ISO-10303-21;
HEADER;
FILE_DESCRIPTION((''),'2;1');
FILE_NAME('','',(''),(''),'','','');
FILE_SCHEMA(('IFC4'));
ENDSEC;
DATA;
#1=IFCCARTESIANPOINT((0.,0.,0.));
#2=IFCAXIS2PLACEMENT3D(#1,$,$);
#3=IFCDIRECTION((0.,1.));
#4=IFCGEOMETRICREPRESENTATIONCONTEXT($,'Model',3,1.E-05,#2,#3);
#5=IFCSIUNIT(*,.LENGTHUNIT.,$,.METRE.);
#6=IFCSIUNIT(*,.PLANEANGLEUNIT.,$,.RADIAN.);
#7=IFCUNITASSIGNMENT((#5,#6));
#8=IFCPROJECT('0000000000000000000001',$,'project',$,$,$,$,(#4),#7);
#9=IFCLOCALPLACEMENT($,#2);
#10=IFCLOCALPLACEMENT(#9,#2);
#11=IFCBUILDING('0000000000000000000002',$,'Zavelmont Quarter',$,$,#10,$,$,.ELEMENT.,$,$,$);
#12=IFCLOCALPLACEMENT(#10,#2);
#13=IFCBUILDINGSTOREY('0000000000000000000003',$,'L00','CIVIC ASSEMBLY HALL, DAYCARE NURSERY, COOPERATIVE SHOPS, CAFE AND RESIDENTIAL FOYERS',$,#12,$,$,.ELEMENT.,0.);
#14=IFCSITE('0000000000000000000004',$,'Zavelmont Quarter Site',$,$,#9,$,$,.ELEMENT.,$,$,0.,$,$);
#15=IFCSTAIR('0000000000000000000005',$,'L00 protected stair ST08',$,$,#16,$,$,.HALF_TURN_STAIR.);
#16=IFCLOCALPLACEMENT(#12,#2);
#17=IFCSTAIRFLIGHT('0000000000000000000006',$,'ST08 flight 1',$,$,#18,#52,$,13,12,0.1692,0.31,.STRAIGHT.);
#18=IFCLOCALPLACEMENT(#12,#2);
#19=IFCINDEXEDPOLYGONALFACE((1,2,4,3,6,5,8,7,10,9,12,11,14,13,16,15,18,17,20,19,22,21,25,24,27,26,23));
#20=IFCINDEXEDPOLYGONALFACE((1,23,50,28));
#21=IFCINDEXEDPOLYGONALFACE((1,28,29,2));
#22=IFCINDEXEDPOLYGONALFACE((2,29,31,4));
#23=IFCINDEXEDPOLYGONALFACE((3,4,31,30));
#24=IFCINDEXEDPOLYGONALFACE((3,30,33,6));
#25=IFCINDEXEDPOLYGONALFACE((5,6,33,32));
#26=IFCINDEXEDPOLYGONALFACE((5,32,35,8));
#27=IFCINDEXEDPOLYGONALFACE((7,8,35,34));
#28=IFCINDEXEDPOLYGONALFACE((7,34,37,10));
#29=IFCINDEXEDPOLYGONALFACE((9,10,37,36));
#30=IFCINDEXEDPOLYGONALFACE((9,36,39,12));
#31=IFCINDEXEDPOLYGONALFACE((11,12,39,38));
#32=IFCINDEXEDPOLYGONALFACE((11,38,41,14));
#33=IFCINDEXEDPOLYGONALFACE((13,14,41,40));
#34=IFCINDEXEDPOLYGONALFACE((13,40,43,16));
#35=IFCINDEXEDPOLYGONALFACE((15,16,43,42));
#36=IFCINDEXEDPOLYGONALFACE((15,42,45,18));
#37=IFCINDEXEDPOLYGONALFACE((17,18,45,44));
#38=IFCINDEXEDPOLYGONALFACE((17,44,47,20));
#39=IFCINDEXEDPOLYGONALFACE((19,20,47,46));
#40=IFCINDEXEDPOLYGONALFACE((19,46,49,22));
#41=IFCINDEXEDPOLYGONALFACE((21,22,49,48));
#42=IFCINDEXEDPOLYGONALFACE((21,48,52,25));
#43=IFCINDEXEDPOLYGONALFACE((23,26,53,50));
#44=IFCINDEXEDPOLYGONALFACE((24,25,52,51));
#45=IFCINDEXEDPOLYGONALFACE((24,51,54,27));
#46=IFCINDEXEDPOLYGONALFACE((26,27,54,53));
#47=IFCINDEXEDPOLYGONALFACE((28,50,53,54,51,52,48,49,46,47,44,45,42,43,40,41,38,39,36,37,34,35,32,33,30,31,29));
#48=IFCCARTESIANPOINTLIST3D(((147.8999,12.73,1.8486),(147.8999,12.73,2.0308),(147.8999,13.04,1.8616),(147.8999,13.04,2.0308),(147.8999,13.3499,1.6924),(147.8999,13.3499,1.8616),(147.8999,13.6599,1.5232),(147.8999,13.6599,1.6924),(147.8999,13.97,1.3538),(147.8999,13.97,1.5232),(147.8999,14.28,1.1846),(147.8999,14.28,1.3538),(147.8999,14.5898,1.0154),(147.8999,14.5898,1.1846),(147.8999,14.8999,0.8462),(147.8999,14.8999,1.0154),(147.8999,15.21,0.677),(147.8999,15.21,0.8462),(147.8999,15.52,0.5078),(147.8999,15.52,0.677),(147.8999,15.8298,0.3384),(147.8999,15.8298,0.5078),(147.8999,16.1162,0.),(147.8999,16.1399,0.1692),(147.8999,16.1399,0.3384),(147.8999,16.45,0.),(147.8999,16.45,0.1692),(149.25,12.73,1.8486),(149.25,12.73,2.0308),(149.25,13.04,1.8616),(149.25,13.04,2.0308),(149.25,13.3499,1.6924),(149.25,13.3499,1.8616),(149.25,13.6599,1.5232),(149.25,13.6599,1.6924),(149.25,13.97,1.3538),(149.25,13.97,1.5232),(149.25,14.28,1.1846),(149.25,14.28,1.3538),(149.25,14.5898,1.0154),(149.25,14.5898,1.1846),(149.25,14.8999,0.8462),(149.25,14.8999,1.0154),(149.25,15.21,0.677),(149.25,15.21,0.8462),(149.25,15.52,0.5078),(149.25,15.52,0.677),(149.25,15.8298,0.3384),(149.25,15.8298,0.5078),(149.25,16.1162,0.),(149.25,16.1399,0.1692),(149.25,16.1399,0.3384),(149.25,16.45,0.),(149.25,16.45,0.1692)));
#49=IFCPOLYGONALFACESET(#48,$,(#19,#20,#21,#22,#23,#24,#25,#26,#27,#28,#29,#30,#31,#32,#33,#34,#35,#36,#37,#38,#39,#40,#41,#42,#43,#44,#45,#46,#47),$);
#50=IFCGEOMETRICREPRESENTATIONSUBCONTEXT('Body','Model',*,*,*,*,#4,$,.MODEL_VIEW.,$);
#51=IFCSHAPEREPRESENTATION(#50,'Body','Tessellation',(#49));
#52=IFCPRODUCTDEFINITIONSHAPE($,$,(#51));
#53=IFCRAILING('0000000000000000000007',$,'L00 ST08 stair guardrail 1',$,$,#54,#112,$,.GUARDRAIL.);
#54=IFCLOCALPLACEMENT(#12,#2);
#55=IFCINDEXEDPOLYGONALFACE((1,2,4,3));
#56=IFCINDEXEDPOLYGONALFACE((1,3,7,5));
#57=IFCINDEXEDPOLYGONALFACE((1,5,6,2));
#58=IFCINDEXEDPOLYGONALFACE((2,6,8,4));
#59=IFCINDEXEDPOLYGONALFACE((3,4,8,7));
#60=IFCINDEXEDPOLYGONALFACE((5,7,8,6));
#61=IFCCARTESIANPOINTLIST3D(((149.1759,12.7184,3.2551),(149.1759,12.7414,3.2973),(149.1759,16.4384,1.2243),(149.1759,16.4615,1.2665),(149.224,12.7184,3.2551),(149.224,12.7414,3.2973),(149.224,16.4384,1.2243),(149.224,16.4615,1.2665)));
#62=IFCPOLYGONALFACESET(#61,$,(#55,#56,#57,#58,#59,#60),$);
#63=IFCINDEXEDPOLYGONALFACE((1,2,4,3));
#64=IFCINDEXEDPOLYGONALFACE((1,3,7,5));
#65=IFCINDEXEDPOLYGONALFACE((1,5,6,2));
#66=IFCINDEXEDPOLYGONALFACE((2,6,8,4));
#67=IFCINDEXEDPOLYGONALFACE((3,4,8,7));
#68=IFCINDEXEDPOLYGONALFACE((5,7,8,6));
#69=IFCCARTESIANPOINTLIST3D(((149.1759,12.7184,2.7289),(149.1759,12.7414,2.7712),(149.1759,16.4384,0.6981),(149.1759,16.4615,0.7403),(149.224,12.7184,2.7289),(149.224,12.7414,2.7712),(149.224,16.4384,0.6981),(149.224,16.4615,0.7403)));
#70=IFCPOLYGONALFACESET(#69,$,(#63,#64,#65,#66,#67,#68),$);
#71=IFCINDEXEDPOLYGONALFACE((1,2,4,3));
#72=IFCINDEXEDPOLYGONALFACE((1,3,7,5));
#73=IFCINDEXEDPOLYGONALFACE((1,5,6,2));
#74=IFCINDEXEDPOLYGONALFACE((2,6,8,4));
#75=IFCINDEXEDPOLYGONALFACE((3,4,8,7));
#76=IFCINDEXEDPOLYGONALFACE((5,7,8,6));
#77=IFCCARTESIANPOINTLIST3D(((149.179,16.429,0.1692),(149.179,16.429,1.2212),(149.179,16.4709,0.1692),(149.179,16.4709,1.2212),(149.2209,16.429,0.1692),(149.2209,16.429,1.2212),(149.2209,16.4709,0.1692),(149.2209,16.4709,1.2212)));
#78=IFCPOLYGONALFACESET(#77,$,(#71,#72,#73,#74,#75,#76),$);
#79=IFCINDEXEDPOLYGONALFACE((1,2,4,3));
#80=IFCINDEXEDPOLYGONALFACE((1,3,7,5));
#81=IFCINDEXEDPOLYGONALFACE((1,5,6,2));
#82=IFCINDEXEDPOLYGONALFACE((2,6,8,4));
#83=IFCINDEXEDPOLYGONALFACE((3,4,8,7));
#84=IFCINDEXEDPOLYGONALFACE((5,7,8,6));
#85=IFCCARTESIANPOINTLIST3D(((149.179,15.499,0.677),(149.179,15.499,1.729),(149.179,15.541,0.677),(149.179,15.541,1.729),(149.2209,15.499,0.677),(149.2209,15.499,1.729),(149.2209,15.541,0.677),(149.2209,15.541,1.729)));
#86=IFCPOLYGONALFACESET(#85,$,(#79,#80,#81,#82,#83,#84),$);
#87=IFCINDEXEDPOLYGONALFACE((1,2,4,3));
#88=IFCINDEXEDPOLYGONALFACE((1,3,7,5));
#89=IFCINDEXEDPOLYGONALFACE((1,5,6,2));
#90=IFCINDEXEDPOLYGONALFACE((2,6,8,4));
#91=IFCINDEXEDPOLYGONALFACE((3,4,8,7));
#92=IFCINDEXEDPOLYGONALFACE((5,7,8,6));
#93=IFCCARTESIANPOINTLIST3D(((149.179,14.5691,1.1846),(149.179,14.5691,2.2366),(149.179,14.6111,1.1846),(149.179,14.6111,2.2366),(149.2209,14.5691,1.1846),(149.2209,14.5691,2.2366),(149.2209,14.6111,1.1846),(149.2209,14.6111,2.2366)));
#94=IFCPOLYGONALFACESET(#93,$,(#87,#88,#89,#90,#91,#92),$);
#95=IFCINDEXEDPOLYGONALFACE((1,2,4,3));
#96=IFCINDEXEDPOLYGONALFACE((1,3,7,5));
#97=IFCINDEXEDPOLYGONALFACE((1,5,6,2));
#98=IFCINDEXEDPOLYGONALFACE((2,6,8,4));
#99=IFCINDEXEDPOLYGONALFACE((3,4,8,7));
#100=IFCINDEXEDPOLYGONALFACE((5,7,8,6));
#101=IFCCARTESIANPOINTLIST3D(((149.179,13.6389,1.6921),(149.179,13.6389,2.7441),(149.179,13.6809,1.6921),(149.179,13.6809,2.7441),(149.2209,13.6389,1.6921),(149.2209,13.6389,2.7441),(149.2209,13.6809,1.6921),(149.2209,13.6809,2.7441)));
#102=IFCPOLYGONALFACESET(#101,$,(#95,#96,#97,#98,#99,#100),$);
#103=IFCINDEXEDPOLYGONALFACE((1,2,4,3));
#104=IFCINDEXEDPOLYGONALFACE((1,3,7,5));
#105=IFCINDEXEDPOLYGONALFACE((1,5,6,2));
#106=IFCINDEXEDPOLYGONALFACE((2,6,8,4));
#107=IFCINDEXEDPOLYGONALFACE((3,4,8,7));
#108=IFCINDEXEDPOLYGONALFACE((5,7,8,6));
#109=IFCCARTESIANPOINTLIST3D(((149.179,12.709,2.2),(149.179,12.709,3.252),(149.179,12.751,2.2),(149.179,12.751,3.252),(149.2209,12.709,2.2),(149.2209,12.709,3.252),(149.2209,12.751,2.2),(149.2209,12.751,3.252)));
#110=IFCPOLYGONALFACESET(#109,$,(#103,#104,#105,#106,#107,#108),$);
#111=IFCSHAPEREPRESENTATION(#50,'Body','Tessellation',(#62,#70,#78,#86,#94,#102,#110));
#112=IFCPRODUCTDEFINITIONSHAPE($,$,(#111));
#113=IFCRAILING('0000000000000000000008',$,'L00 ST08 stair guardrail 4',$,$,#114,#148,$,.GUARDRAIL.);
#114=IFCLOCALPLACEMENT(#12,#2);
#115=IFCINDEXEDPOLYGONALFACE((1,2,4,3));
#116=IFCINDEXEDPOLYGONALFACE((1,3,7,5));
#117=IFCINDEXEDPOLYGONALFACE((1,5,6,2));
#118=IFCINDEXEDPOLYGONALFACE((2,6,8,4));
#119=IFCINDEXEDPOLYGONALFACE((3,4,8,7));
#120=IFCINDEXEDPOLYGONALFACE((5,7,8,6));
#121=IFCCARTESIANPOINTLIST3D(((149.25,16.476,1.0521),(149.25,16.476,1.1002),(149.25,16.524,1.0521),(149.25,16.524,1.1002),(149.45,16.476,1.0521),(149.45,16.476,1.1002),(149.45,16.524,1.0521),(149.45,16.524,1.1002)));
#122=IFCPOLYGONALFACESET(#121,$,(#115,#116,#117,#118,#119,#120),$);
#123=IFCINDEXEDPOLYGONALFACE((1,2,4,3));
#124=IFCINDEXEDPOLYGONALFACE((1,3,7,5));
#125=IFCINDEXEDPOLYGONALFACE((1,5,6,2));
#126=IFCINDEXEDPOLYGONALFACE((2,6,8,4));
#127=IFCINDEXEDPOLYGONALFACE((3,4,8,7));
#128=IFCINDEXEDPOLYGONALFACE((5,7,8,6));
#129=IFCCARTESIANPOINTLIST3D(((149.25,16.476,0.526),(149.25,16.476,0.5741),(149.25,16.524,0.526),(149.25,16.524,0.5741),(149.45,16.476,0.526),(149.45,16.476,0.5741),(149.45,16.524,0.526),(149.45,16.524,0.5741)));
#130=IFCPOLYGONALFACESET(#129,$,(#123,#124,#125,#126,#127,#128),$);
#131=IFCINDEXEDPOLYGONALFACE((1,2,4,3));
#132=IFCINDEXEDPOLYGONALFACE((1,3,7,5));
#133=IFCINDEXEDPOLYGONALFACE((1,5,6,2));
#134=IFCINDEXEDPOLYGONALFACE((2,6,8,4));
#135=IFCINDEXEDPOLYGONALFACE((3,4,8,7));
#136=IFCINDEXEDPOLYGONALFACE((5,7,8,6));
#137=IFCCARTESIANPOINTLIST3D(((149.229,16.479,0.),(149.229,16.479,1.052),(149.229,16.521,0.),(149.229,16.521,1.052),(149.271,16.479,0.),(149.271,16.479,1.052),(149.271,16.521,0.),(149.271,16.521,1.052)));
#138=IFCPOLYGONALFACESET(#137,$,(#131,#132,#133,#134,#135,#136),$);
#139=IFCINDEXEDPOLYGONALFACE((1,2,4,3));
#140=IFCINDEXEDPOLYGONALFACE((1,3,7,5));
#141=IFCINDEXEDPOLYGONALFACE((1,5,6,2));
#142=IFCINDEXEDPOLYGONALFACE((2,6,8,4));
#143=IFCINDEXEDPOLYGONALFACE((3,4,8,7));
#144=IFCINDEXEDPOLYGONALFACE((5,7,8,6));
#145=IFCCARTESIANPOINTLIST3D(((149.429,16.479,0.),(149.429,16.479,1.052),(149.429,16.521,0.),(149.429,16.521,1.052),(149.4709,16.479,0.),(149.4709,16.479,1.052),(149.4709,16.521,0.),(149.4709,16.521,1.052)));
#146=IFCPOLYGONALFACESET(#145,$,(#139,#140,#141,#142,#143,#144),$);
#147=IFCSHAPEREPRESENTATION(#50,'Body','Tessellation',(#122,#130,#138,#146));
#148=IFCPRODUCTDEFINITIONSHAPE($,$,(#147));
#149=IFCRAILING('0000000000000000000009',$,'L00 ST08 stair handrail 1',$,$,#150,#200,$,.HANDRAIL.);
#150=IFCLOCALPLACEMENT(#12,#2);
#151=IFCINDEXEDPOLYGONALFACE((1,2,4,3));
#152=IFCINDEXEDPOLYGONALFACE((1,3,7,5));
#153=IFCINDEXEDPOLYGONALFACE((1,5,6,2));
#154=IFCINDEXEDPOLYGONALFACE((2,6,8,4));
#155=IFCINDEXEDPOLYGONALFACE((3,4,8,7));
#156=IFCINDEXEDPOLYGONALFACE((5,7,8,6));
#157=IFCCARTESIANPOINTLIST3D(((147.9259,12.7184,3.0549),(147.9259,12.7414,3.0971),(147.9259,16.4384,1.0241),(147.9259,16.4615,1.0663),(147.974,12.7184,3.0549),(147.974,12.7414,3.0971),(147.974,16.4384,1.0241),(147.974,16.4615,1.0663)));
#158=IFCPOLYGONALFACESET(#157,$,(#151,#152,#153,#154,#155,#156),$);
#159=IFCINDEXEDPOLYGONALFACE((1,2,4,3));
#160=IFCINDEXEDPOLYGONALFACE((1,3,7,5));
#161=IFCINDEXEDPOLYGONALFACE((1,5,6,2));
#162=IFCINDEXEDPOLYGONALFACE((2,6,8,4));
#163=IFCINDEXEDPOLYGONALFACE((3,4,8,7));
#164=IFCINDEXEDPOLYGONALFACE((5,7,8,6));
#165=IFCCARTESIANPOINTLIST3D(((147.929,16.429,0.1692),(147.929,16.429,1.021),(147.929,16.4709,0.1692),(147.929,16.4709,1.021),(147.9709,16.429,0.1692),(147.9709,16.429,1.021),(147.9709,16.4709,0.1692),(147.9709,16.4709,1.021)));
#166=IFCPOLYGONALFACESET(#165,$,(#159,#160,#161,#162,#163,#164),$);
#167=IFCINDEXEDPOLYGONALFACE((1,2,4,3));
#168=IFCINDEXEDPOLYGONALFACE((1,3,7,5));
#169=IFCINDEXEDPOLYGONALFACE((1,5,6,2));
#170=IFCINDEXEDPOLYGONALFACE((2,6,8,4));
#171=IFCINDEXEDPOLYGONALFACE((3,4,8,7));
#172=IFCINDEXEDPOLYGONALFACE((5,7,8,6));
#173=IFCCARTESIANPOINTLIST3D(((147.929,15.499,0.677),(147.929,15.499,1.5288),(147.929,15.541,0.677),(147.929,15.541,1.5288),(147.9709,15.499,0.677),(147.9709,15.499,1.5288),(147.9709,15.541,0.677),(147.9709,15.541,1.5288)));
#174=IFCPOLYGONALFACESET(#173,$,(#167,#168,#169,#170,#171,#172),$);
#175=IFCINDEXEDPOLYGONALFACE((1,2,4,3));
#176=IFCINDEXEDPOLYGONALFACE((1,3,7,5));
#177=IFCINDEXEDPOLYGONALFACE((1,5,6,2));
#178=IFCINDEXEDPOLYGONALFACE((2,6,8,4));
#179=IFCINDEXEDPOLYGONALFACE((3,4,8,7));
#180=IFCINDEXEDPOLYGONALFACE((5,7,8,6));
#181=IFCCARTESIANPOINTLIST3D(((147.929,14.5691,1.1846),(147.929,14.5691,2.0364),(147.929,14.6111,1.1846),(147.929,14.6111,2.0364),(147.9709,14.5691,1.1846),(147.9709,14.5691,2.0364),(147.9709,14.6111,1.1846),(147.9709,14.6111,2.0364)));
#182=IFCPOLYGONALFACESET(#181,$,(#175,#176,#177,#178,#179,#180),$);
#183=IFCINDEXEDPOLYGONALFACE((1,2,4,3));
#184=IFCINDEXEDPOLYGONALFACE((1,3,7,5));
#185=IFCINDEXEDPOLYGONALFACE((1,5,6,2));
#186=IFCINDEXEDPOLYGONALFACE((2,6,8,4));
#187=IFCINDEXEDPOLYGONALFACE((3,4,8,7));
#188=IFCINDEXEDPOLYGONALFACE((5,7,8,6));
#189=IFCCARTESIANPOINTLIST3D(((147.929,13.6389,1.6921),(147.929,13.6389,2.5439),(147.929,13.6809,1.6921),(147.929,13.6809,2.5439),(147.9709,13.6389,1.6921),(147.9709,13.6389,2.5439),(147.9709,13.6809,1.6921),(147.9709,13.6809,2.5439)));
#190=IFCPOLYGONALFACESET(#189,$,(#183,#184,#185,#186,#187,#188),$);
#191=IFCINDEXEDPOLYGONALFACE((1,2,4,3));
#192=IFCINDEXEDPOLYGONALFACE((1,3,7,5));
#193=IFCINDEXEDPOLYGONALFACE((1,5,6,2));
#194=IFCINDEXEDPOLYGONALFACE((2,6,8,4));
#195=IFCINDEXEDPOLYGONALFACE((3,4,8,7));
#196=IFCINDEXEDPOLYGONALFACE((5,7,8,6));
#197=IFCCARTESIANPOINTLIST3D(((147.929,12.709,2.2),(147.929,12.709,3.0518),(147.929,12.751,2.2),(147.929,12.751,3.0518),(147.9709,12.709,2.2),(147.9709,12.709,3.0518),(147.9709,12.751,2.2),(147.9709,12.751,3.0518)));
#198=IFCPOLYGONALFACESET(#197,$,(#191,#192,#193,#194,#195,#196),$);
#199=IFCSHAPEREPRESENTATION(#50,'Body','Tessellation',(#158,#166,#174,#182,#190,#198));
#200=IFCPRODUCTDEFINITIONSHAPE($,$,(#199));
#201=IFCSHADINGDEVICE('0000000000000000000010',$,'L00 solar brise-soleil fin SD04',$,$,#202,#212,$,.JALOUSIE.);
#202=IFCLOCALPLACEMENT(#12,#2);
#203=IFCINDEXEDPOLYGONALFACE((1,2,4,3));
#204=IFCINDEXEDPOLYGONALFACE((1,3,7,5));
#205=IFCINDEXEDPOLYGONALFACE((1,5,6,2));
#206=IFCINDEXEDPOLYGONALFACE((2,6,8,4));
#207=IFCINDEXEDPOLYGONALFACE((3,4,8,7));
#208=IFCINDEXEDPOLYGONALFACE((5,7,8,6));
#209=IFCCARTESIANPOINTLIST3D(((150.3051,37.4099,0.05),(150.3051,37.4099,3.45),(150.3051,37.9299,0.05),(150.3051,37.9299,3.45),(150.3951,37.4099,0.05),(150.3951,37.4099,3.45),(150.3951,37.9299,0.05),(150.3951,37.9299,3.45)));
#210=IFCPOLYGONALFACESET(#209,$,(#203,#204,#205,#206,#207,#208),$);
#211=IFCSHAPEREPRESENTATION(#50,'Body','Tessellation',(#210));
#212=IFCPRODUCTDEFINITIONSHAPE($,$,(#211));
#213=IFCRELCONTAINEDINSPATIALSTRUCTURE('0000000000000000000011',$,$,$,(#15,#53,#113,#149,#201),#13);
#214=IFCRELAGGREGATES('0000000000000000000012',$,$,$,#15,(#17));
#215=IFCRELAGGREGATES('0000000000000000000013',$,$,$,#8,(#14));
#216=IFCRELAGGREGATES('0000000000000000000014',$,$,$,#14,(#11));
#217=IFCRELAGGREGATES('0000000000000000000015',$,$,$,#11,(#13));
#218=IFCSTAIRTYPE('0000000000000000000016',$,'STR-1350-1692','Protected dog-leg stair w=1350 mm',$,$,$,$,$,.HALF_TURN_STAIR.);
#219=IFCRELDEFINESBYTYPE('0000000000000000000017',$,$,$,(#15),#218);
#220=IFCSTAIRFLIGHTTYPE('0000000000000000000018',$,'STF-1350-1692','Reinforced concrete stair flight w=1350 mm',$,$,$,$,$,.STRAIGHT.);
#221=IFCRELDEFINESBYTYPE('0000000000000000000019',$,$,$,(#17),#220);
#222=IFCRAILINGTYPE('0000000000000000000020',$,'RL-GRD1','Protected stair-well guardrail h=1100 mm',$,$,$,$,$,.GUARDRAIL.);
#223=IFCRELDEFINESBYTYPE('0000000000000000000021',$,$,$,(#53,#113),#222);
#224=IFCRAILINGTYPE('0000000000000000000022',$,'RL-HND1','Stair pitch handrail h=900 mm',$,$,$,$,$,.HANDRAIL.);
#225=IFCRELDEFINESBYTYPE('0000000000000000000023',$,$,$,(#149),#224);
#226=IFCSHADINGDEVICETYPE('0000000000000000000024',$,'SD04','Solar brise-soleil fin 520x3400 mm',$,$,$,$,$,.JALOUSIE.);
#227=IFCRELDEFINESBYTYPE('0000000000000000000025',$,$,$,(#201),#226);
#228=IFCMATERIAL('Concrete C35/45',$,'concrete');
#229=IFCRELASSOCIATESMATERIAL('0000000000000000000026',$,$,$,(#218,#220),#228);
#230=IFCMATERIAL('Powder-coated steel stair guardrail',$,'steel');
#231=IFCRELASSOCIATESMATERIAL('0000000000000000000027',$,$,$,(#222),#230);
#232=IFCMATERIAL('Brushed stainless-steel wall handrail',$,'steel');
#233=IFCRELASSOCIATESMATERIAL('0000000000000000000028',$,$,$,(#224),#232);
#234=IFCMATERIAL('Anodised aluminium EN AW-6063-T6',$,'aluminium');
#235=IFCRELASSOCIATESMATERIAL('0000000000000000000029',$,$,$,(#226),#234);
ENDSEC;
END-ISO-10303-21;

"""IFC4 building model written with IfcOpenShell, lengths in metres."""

from ifc_helpers import new_model, si_unit, direction, frame, origin, origin_2d, place, context, subcontext, project, spatial, polyline, rectangle, outline, extrude, material, type_object, element, aggregate, save


model = new_model("IFC4")

# Units and contexts
model_context = context("Model", 3, precision=1e-05, world=origin(), true_north=direction((0.0, 1.0)))
body_context = subcontext(model_context, "Body", "Model", "MODEL_VIEW")
ifc_project = project(units=[si_unit("LENGTHUNIT", "METRE"), si_unit("PLANEANGLEUNIT", "RADIAN")], contexts=[model_context])

# Site, building, storey
site_placement = place(None, origin())
site = spatial("IfcSite", under=ifc_project, at=site_placement, Name="Zavelmont Quarter Site", CompositionType="ELEMENT", RefElevation=0.0)
building_placement = place(site_placement, origin())
building = spatial("IfcBuilding", under=site, at=building_placement, Name="Zavelmont Quarter", CompositionType="ELEMENT")
storey_placement = place(building_placement, origin())
storey = spatial("IfcBuildingStorey", under=building, at=storey_placement, Name="L00", Description="CIVIC ASSEMBLY HALL, DAYCARE NURSERY, COOPERATIVE SHOPS, CAFE AND RESIDENTIAL FOYERS", CompositionType="ELEMENT", Elevation=0.0)

# Stair, stair flight
ifc_material_1 = material(Name="Concrete C35/45", Category="concrete")
stair_type = type_object("IfcStairType", Name="STR-1350-1692", Description="Protected dog-leg stair w=1350 mm", PredefinedType="HALF_TURN_STAIR", material=ifc_material_1)
stair_placement = place(storey_placement, origin())
stair = element("IfcStair", 1, at=stair_placement, inside=storey, type_object=stair_type, Name="L00 protected stair ST08", PredefinedType="HALF_TURN_STAIR")
stair_flight_type = type_object("IfcStairFlightType", Name="STF-1350-1692", Description="Reinforced concrete stair flight w=1350 mm", PredefinedType="STRAIGHT", material=ifc_material_1)
stair_flight_placement = place(storey_placement, frame((148.575, 16.45, 0.0), z_axis=(0.0, 0.0, 1.0), x_axis=(0.0, -1.0, 0.0)))
stair_flight = element("IfcStairFlight", 2, at=stair_flight_placement, type_object=stair_flight_type, Name="ST08 flight 1", NumberOfRisers=13, NumberOfTreads=12, PredefinedType="STRAIGHT", RiserHeight=0.1692, TreadLength=0.31, context=body_context, shape_type="SweptSolid", body=[
    extrude(outline(polyline([(0.0, 0.0), (0.0, 0.1692), (0.3101, 0.1692), (0.3101, 0.3384), (0.6201, 0.3384), (0.6201, 0.5078), (0.9299, 0.5078), (0.9299, 0.677), (1.24, 0.677), (1.24, 0.8462), (1.55, 0.8462), (1.55, 1.0154), (1.8601, 1.0154), (1.8601, 1.1846), (2.1699, 1.1846), (2.1699, 1.3538), (2.48, 1.3538), (2.48, 1.5232), (2.79, 1.5232), (2.79, 1.6924), (3.1001, 1.6924), (3.1001, 1.8616), (3.4099, 1.8616), (3.4099, 2.0308), (3.72, 2.0308), (3.72, 2.2), (3.72, 1.8486), (0.3337, 0.0), (0.0, 0.0)])), frame((0.0, 0.675, 0.0), z_axis=(0.0, -1.0, 0.0), x_axis=(1.0, 0.0, 0.0)), (0.0, 0.0, 1.0), 1.3501),
])
aggregate(stair, [stair_flight])

# Railings
ifc_material_2 = material(Name="Powder-coated steel stair guardrail", Category="steel")
railing_type_1 = type_object("IfcRailingType", Name="RL-GRD1", Description="Protected stair-well guardrail h=1100 mm", PredefinedType="GUARDRAIL", material=ifc_material_2)
railing_1_placement = place(storey_placement, frame((149.2, 16.45, 0.1692)))
element("IfcRailing", 3, at=railing_1_placement, inside=storey, type_object=railing_type_1, Name="L00 ST08 stair guardrail 1", PredefinedType="GUARDRAIL", context=body_context, shape_type="SweptSolid", body=[
    extrude(rectangle(XDim=0.0481, YDim=0.0481, at=origin_2d()), frame((0.0, 0.0, 1.0762), z_axis=(0.0, -0.877728, 0.479159), x_axis=(1.0, 0.0, 0.0)), (0.0, 0.0, 1.0), 4.2383),
    extrude(rectangle(XDim=0.0481, YDim=0.0481, at=origin_2d()), frame((0.0, 0.0, 0.55), z_axis=(0.0, -0.877728, 0.479159), x_axis=(1.0, 0.0, 0.0)), (0.0, 0.0, 1.0), 4.2383),
    extrude(rectangle(XDim=0.042, YDim=0.042, at=origin_2d()), origin(), (0.0, 0.0, 1.0), 1.052),
    extrude(rectangle(XDim=0.042, YDim=0.042, at=origin_2d()), frame((0.0, -0.9299, 0.5078)), (0.0, 0.0, 1.0), 1.052),
    extrude(rectangle(XDim=0.042, YDim=0.042, at=origin_2d()), frame((0.0, -1.8599, 1.0154)), (0.0, 0.0, 1.0), 1.052),
    extrude(rectangle(XDim=0.042, YDim=0.042, at=origin_2d()), frame((0.0, -2.79, 1.5229)), (0.0, 0.0, 1.0), 1.052),
    extrude(rectangle(XDim=0.042, YDim=0.042, at=origin_2d()), frame((0.0, -3.72, 2.0308)), (0.0, 0.0, 1.0), 1.052),
])
railing_2_placement = place(storey_placement, frame((149.25, 16.5, 0.0)))
element("IfcRailing", 4, at=railing_2_placement, inside=storey, type_object=railing_type_1, Name="L00 ST08 stair guardrail 4", PredefinedType="GUARDRAIL", context=body_context, shape_type="SweptSolid", body=[
    extrude(rectangle(XDim=0.0481, YDim=0.0481, at=origin_2d()), frame((0.0, 0.0, 1.0762), z_axis=(1.0, 0.0, 0.0), x_axis=(0.0, 1.0, 0.0)), (0.0, 0.0, 1.0), 0.2),
    extrude(rectangle(XDim=0.0481, YDim=0.0481, at=origin_2d()), frame((0.0, 0.0, 0.55), z_axis=(1.0, 0.0, 0.0), x_axis=(0.0, 1.0, 0.0)), (0.0, 0.0, 1.0), 0.2),
    extrude(rectangle(XDim=0.042, YDim=0.042, at=origin_2d()), origin(), (0.0, 0.0, 1.0), 1.052),
    extrude(rectangle(XDim=0.042, YDim=0.042, at=origin_2d()), frame((0.2, 0.0, 0.0)), (0.0, 0.0, 1.0), 1.052),
])
ifc_material_3 = material(Name="Brushed stainless-steel wall handrail", Category="steel")
railing_type_2 = type_object("IfcRailingType", Name="RL-HND1", Description="Stair pitch handrail h=900 mm", PredefinedType="HANDRAIL", material=ifc_material_3)
railing_3_placement = place(storey_placement, frame((147.95, 16.45, 0.1692)))
element("IfcRailing", 5, at=railing_3_placement, inside=storey, type_object=railing_type_2, Name="L00 ST08 stair handrail 1", PredefinedType="HANDRAIL", context=body_context, shape_type="SweptSolid", body=[
    extrude(rectangle(XDim=0.0481, YDim=0.0481, at=origin_2d()), frame((0.0, 0.0, 0.876), z_axis=(0.0, -0.877728, 0.479159), x_axis=(1.0, 0.0, 0.0)), (0.0, 0.0, 1.0), 4.2383),
    extrude(rectangle(XDim=0.042, YDim=0.042, at=origin_2d()), origin(), (0.0, 0.0, 1.0), 0.8518),
    extrude(rectangle(XDim=0.042, YDim=0.042, at=origin_2d()), frame((0.0, -0.9299, 0.5078)), (0.0, 0.0, 1.0), 0.8518),
    extrude(rectangle(XDim=0.042, YDim=0.042, at=origin_2d()), frame((0.0, -1.8599, 1.0154)), (0.0, 0.0, 1.0), 0.8518),
    extrude(rectangle(XDim=0.042, YDim=0.042, at=origin_2d()), frame((0.0, -2.79, 1.5229)), (0.0, 0.0, 1.0), 0.8518),
    extrude(rectangle(XDim=0.042, YDim=0.042, at=origin_2d()), frame((0.0, -3.72, 2.0308)), (0.0, 0.0, 1.0), 0.8518),
])

# Shading device
ifc_material_4 = material(Name="Anodised aluminium EN AW-6063-T6", Category="aluminium")
shading_device_type = type_object("IfcShadingDeviceType", Name="SD04", Description="Solar brise-soleil fin 520x3400 mm", PredefinedType="JALOUSIE", material=ifc_material_4)
for number, where, z_axis, x_axis, name in (
    (6, (150.3501, 37.6699, 0.05), (0.0, 0.0, 1.0), (1.0, 0.0, 0.0), "L00 solar brise-soleil fin SD04"),
):
    element("IfcShadingDevice", number, at=place(storey_placement, frame(where, z_axis=z_axis, x_axis=x_axis)), inside=storey, type_object=shading_device_type, Name=name, PredefinedType="JALOUSIE", context=body_context, shape_type="SweptSolid", body=[
        extrude(rectangle(XDim=0.0901, YDim=0.52, at=origin_2d()), origin(), (0.0, 0.0, 1.0), 3.3999),
    ])

save(model, "model.ifc")
